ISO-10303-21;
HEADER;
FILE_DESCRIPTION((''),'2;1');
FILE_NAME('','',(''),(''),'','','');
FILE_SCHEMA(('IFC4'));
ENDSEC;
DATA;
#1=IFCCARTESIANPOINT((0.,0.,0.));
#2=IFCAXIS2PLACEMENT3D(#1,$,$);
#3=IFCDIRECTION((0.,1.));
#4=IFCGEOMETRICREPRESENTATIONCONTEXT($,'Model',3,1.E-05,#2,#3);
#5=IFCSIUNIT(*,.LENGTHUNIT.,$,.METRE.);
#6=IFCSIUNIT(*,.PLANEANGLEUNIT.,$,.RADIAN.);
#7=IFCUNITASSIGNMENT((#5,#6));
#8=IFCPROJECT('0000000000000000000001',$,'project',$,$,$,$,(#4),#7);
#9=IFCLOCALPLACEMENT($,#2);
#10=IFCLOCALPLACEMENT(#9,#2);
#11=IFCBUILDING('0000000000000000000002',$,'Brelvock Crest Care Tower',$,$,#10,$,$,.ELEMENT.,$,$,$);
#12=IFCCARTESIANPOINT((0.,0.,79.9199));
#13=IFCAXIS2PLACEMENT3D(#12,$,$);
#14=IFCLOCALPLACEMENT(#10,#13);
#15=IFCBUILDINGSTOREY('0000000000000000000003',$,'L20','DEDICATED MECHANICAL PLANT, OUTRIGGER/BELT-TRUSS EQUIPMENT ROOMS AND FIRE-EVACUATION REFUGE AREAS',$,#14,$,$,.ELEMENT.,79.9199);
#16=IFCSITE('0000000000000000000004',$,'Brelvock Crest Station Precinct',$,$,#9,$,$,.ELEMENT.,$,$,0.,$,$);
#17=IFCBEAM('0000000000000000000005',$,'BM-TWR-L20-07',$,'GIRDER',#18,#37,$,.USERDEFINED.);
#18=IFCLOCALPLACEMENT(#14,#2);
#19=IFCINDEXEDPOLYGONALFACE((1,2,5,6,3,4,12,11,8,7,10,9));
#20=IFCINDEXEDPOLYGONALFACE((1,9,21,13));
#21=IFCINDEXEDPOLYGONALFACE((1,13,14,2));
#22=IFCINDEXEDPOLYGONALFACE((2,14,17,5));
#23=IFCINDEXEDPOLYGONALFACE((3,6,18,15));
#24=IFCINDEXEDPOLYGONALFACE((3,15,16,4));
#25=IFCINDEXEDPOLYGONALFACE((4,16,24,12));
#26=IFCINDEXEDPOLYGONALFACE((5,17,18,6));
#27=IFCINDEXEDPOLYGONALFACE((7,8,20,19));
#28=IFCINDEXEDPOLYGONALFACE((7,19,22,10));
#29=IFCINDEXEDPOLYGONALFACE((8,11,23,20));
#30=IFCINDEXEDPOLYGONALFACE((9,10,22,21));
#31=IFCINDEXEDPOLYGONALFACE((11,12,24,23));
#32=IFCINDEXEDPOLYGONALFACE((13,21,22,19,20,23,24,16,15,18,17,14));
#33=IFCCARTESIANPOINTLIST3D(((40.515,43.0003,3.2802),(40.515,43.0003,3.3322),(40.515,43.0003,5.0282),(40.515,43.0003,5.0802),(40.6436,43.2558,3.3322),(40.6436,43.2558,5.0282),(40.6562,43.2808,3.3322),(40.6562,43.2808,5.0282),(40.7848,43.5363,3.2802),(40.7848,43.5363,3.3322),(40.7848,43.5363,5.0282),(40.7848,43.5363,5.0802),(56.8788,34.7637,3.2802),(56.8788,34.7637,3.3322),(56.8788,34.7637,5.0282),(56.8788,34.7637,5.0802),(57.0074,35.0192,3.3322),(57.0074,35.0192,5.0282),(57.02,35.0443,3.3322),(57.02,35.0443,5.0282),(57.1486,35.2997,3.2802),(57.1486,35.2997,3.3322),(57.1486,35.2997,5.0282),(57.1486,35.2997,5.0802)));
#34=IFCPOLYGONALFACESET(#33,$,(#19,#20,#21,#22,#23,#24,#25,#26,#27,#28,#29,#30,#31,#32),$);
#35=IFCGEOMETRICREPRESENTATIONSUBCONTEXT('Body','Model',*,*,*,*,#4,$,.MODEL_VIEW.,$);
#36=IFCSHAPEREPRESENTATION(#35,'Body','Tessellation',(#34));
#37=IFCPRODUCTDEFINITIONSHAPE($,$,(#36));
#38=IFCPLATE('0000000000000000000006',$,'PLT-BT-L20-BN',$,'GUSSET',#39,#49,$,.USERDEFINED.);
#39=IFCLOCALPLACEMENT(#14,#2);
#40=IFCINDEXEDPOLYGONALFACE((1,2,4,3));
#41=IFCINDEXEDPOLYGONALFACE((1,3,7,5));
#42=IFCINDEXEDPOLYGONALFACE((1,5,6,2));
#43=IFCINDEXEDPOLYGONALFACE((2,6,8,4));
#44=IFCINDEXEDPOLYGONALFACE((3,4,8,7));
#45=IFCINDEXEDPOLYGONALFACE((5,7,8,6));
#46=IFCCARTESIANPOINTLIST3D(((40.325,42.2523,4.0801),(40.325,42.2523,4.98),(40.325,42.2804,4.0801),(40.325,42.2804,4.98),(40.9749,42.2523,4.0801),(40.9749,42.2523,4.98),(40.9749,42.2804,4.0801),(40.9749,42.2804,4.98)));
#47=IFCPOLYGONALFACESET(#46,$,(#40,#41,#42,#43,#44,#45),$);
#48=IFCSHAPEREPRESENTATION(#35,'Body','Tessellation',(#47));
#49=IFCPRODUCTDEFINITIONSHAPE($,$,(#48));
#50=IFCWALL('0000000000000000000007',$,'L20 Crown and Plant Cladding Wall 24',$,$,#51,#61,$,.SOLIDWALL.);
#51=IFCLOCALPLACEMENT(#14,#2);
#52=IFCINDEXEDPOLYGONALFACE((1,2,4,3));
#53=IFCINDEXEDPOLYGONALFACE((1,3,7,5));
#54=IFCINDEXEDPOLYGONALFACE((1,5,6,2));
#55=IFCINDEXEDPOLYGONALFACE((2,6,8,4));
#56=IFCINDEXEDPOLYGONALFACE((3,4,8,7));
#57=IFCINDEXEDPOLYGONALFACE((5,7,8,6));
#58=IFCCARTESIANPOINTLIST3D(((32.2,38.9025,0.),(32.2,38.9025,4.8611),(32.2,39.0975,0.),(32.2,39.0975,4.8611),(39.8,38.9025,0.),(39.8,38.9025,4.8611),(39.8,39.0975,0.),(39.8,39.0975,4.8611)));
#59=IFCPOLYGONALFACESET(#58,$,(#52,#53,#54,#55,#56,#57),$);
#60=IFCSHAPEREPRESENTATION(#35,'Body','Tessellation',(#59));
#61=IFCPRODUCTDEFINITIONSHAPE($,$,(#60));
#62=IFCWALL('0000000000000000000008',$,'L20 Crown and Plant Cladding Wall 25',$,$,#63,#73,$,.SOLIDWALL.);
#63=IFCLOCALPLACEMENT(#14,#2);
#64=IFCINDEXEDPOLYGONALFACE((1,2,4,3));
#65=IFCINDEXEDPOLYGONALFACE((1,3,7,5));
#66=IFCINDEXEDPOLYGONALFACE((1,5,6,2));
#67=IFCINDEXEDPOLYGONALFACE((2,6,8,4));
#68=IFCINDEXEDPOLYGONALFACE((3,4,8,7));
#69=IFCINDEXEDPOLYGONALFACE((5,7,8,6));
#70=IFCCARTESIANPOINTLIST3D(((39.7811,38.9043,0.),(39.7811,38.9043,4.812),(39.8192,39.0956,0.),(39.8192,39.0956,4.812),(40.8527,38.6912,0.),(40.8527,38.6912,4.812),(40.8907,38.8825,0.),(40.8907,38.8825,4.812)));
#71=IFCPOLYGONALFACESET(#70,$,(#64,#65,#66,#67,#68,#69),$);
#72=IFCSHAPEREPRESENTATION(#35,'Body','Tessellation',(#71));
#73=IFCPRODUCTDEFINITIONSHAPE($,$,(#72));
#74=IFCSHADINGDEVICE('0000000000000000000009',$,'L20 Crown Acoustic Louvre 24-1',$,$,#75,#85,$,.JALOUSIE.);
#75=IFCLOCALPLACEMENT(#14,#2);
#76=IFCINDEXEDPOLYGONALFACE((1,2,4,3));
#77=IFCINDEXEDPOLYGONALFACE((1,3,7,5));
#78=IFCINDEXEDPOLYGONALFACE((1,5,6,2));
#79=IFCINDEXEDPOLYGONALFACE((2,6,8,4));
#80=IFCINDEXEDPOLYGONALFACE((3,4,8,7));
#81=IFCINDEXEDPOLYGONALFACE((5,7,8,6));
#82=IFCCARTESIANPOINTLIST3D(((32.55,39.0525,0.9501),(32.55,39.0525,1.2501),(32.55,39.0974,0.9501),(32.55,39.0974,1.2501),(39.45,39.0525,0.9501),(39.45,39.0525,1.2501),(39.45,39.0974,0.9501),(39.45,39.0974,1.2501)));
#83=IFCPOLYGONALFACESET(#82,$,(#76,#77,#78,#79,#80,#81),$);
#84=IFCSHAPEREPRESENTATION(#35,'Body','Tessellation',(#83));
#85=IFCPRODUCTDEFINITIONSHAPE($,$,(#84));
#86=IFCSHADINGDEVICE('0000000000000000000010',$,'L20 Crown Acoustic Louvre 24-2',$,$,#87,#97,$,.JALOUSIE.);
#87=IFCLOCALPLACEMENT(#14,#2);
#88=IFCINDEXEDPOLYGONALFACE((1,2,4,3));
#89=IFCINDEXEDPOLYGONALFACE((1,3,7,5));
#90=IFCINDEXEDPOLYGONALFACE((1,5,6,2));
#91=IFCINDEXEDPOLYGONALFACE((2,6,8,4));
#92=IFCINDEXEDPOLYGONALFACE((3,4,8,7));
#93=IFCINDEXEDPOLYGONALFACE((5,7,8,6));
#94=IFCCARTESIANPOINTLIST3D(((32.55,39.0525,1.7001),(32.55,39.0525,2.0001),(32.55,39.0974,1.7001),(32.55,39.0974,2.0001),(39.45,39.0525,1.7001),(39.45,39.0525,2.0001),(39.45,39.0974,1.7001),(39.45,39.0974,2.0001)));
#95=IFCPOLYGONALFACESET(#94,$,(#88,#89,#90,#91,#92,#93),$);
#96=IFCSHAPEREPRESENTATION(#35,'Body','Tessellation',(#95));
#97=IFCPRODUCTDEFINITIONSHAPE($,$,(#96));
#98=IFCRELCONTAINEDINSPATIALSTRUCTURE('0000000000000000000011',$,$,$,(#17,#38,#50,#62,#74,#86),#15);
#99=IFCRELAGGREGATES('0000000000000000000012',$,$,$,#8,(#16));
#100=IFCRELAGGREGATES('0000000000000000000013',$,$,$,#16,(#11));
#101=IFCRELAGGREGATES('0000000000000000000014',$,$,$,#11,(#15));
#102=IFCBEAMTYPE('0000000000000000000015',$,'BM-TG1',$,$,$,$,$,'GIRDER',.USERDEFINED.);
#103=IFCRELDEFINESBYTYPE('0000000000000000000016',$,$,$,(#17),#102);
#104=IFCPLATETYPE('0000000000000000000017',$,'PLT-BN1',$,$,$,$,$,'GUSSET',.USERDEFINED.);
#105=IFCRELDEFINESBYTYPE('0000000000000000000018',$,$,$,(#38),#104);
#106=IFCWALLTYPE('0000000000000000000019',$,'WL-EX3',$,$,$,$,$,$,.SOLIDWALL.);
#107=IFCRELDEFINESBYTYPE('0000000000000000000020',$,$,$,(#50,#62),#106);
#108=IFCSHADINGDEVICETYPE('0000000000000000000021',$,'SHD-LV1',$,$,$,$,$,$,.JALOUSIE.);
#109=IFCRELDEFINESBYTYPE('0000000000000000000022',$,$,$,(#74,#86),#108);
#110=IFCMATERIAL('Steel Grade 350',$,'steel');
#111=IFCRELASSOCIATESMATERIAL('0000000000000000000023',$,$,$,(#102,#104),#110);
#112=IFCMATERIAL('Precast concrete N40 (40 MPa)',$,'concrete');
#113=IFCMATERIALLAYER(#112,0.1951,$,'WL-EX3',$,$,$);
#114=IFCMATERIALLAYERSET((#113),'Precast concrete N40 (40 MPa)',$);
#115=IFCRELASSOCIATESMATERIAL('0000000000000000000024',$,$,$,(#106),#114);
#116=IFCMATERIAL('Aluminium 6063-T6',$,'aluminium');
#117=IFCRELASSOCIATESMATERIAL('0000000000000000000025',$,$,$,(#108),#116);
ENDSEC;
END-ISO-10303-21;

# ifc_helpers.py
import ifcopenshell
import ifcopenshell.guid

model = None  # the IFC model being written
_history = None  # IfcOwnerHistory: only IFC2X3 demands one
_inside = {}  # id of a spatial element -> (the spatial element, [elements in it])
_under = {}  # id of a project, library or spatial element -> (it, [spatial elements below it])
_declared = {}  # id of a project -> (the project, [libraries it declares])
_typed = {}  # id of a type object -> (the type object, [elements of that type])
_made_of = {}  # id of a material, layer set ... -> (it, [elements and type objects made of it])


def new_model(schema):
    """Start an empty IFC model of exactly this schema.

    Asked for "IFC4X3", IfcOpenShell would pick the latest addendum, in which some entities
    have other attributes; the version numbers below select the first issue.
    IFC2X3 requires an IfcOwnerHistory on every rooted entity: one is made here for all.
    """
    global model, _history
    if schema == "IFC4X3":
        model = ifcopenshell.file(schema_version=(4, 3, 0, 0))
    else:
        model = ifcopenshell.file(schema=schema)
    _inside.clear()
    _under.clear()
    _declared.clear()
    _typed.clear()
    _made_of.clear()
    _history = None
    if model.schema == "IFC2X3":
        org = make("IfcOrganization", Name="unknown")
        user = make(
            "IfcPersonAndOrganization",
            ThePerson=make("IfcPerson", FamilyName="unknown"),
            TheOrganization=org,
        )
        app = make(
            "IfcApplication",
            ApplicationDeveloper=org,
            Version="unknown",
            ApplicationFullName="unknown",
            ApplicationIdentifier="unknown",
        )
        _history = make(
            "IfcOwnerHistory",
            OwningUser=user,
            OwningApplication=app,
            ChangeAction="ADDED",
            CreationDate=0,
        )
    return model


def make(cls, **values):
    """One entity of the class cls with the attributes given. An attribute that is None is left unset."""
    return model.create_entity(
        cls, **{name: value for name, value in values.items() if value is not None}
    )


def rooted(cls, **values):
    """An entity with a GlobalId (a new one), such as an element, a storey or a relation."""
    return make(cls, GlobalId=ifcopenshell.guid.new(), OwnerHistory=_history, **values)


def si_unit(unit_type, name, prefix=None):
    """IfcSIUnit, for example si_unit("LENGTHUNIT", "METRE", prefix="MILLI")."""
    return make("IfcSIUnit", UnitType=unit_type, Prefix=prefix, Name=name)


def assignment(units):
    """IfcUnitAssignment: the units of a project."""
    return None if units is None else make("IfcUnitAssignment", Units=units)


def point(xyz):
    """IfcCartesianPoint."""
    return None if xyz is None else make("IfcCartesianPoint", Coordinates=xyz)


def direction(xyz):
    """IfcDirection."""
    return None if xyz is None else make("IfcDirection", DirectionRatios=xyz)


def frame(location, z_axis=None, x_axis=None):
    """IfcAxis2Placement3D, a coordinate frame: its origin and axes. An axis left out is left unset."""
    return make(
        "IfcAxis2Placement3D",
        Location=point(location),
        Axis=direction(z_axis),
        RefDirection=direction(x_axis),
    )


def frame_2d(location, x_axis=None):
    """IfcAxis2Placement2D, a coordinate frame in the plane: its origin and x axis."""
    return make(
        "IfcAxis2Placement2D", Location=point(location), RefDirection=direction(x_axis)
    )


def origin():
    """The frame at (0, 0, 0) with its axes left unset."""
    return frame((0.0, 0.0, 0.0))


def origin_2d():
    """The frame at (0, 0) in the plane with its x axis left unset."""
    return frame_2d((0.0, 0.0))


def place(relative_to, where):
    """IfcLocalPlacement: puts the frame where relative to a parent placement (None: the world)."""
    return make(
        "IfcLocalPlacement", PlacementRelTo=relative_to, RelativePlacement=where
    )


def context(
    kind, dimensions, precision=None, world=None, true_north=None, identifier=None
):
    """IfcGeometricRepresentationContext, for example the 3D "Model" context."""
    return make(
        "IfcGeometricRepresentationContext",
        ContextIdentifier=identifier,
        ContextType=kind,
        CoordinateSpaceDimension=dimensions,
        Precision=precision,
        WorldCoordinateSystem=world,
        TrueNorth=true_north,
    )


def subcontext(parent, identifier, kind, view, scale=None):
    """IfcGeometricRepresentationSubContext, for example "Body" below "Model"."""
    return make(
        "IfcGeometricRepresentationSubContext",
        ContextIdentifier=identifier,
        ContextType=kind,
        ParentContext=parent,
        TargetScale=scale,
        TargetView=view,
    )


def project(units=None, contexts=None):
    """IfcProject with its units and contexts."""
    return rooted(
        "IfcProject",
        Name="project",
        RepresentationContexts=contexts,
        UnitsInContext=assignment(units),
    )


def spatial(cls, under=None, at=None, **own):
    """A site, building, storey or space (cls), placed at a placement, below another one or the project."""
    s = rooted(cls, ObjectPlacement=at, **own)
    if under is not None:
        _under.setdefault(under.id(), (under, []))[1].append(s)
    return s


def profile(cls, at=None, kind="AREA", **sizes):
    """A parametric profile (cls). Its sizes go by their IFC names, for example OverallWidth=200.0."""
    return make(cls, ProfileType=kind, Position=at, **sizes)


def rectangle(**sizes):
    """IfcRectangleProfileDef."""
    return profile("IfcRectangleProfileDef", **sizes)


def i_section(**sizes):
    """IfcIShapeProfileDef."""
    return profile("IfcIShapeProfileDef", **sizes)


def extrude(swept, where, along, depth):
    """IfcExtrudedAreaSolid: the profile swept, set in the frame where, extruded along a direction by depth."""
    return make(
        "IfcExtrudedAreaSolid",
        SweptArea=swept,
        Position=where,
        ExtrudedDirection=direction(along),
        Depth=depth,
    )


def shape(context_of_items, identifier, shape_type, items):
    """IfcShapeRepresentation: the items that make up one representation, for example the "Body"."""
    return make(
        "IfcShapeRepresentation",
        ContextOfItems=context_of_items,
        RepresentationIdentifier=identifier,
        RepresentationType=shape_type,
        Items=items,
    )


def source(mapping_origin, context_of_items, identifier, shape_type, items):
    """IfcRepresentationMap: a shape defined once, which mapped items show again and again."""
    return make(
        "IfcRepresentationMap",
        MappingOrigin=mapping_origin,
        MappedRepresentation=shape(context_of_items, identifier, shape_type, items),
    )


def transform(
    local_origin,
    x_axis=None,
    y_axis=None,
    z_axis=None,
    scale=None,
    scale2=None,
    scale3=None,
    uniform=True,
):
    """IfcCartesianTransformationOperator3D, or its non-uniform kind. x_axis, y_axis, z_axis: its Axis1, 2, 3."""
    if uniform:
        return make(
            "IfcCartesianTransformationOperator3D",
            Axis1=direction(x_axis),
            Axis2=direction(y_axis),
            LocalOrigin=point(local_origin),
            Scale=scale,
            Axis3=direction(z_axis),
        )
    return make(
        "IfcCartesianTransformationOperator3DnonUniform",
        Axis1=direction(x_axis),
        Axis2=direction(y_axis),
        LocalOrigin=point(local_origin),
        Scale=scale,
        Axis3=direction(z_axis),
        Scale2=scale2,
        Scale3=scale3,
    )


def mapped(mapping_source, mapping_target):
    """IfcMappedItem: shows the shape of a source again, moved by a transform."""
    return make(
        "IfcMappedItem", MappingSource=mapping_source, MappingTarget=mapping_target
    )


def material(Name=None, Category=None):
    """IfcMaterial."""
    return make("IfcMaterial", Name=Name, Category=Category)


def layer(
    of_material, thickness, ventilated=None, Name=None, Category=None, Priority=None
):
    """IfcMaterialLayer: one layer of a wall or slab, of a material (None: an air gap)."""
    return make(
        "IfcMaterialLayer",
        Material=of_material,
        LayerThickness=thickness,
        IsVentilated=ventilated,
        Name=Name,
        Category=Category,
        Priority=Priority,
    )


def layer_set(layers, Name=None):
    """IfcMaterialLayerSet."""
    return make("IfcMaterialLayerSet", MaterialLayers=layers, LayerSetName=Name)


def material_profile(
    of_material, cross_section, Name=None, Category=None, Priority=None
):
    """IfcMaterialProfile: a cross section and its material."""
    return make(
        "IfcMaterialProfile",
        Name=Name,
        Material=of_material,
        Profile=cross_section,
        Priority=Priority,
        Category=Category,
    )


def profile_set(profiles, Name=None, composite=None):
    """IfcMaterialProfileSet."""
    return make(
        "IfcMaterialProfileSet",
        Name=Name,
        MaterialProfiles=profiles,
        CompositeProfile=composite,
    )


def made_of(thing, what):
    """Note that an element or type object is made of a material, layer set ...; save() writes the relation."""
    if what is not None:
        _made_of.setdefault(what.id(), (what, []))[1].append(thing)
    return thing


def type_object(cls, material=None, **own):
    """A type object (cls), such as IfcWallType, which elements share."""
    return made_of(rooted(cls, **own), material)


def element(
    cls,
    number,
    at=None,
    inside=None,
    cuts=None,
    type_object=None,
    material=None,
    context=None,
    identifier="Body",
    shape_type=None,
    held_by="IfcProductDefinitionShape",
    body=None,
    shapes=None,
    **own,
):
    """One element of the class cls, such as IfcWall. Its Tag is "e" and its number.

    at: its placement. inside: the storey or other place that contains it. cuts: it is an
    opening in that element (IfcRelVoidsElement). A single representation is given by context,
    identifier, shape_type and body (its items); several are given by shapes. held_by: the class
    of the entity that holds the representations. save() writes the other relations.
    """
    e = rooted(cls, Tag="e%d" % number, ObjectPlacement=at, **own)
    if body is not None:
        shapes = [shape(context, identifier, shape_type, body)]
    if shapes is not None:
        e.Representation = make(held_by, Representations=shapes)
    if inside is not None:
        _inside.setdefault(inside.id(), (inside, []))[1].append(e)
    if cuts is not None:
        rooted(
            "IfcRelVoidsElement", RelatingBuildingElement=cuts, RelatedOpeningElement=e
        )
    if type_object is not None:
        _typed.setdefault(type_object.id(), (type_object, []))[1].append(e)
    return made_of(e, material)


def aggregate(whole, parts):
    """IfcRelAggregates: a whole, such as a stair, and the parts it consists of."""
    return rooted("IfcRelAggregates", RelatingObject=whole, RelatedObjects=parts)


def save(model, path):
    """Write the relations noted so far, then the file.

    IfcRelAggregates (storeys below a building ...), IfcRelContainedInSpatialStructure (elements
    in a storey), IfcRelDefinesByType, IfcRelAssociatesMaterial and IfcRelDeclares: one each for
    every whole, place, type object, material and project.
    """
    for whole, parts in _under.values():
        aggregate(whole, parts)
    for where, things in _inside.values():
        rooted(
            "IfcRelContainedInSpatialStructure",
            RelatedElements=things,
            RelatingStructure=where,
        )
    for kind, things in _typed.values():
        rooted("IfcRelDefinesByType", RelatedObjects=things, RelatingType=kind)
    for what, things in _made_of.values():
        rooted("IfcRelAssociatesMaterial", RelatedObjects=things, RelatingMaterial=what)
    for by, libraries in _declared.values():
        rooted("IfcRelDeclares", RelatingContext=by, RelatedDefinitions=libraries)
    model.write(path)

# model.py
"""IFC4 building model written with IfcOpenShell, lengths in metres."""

from ifc_helpers import new_model, si_unit, direction, frame, frame_2d, origin, origin_2d, place, context, subcontext, project, spatial, rectangle, i_section, extrude, source, transform, mapped, material, layer, layer_set, material_profile, profile_set, type_object, element, save


model = new_model("IFC4")

# Units and contexts
model_context = context("Model", 3, precision=1e-05, world=origin(), true_north=direction((0.0, 1.0)))
body_context = subcontext(model_context, "Body", "Model", "MODEL_VIEW")
ifc_project = project(units=[si_unit("LENGTHUNIT", "METRE"), si_unit("PLANEANGLEUNIT", "RADIAN")], contexts=[model_context])

# Site, building, storey
site_placement = place(None, origin())
site = spatial("IfcSite", under=ifc_project, at=site_placement, Name="Brelvock Crest Station Precinct", CompositionType="ELEMENT", RefElevation=0.0)
building_placement = place(site_placement, origin())
building = spatial("IfcBuilding", under=site, at=building_placement, Name="Brelvock Crest Care Tower", CompositionType="ELEMENT")
storey_placement = place(building_placement, frame((0.0, 0.0, 79.9199)))
storey = spatial("IfcBuildingStorey", under=building, at=storey_placement, Name="L20", Description="DEDICATED MECHANICAL PLANT, OUTRIGGER/BELT-TRUSS EQUIPMENT ROOMS AND FIRE-EVACUATION REFUGE AREAS", CompositionType="ELEMENT", Elevation=79.9199)

# Beam
ifc_material_1 = material(Name="Steel Grade 350", Category="steel")
ifc_material_profile_1 = material_profile(ifc_material_1, i_section(OverallWidth=0.6001, OverallDepth=1.8, WebThickness=0.0281, FlangeThickness=0.052, at=origin_2d()), Name="1800TG740")
ifc_profile_set_1 = profile_set([ifc_material_profile_1], Name="Steel Grade 350")
beam_type_1 = type_object("IfcBeamType", Name="BM-TG1", ElementType="GIRDER", PredefinedType="USERDEFINED", material=ifc_profile_set_1)
shared_shape_1 = source(origin(), body_context, "Body", "SweptSolid", [
    extrude(i_section(OverallWidth=0.6001, OverallDepth=1.8, WebThickness=0.0281, FlangeThickness=0.052, at=origin_2d()), origin(), (0.0, 0.0, 1.0), 18.3198),
])
beam_1_placement = place(storey_placement, frame((40.6499, 43.2683, 4.1802), z_axis=(0.89323, -0.4496, 0.0), x_axis=(0.4496, 0.89323, 0.0)))
element("IfcBeam", 1, at=beam_1_placement, inside=storey, type_object=beam_type_1, Name="BM-TWR-L20-07", ObjectType="GIRDER", PredefinedType="USERDEFINED", context=body_context, shape_type="MappedRepresentation", body=[
    mapped(shared_shape_1, transform((0.0, 0.0, 0.0), x_axis=(1.0, 0.0, 0.0), y_axis=(0.0, 1.0, 0.0), z_axis=(0.0, 0.0, 1.0), scale=1.0)),
])

# Plate
plate_type = type_object("IfcPlateType", Name="PLT-BN1", ElementType="GUSSET", PredefinedType="USERDEFINED", material=ifc_material_1)
shared_shape_2 = source(origin(), body_context, "Body", "SweptSolid", [
    extrude(rectangle(XDim=0.6499, YDim=0.0281, at=origin_2d()), origin(), (0.0, 0.0, 1.0), 0.8999),
])
plate_placement = place(storey_placement, frame((40.6499, 42.2664, 4.0801), z_axis=(0.0, 0.0, 1.0), x_axis=(1.0, 0.0, 0.0)))
element("IfcPlate", 2, at=plate_placement, inside=storey, type_object=plate_type, Name="PLT-BT-L20-BN", ObjectType="GUSSET", PredefinedType="USERDEFINED", context=body_context, shape_type="MappedRepresentation", body=[
    mapped(shared_shape_2, transform((0.0, 0.0, 0.0), x_axis=(1.0, 0.0, 0.0), y_axis=(0.0, 1.0, 0.0), z_axis=(0.0, 0.0, 1.0), scale=1.0)),
])

# Walls
ifc_material_2 = material(Name="Precast concrete N40 (40 MPa)", Category="concrete")
ifc_layer = layer(ifc_material_2, 0.1951, Name="WL-EX3")
ifc_layer_set = layer_set([ifc_layer], Name="Precast concrete N40 (40 MPa)")
wall_type = type_object("IfcWallType", Name="WL-EX3", PredefinedType="SOLIDWALL", material=ifc_layer_set)
wall_1_placement = place(storey_placement, frame((32.2, 39.0, 0.0), z_axis=(0.0, 0.0, 1.0), x_axis=(1.0, 0.0, 0.0)))
element("IfcWall", 3, at=wall_1_placement, inside=storey, type_object=wall_type, Name="L20 Crown and Plant Cladding Wall 24", PredefinedType="SOLIDWALL", context=body_context, shape_type="SweptSolid", body=[
    extrude(rectangle(XDim=7.6001, YDim=0.1951, at=frame_2d((3.8, 0.0))), origin(), (0.0, 0.0, 1.0), 4.8611),
])
wall_2_placement = place(storey_placement, frame((39.8, 39.0, 0.0), z_axis=(0.0, 0.0, 1.0), x_axis=(0.980786, -0.195085, 0.0)))
element("IfcWall", 4, at=wall_2_placement, inside=storey, type_object=wall_type, Name="L20 Crown and Plant Cladding Wall 25", PredefinedType="SOLIDWALL", context=body_context, shape_type="SweptSolid", body=[
    extrude(rectangle(XDim=1.0925, YDim=0.1951, at=frame_2d((0.5464, 0.0))), origin(), (0.0, 0.0, 1.0), 4.812),
])

# Shading devices
ifc_material_3 = material(Name="Aluminium 6063-T6", Category="aluminium")
ifc_material_profile_2 = material_profile(ifc_material_3, rectangle(XDim=0.0449, YDim=0.3, at=origin_2d()), Name="LOUVRE45x300")
ifc_profile_set_2 = profile_set([ifc_material_profile_2], Name="Aluminium 6063-T6")
shading_device_type = type_object("IfcShadingDeviceType", Name="SHD-LV1", PredefinedType="JALOUSIE", material=ifc_profile_set_2)
shared_shape_3 = source(origin(), body_context, "Body", "SweptSolid", [
    extrude(rectangle(XDim=0.0449, YDim=0.3, at=origin_2d()), origin(), (0.0, 0.0, 1.0), 6.8999),
])
for number, where, z_axis, x_axis, name in (
    (5, (32.55, 39.075, 1.1001), (1.0, 0.0, 0.0), (0.0, 1.0, 0.0), "L20 Crown Acoustic Louvre 24-1"),
    (6, (32.55, 39.075, 1.8501), (1.0, 0.0, 0.0), (0.0, 1.0, 0.0), "L20 Crown Acoustic Louvre 24-2"),
):
    element("IfcShadingDevice", number, at=place(storey_placement, frame(where, z_axis=z_axis, x_axis=x_axis)), inside=storey, type_object=shading_device_type, Name=name, PredefinedType="JALOUSIE", context=body_context, shape_type="MappedRepresentation", body=[
        mapped(shared_shape_3, transform((0.0, 0.0, 0.0), x_axis=(1.0, 0.0, 0.0), y_axis=(0.0, 1.0, 0.0), z_axis=(0.0, 0.0, 1.0), scale=1.0)),
    ])

save(model, "model.ifc")
